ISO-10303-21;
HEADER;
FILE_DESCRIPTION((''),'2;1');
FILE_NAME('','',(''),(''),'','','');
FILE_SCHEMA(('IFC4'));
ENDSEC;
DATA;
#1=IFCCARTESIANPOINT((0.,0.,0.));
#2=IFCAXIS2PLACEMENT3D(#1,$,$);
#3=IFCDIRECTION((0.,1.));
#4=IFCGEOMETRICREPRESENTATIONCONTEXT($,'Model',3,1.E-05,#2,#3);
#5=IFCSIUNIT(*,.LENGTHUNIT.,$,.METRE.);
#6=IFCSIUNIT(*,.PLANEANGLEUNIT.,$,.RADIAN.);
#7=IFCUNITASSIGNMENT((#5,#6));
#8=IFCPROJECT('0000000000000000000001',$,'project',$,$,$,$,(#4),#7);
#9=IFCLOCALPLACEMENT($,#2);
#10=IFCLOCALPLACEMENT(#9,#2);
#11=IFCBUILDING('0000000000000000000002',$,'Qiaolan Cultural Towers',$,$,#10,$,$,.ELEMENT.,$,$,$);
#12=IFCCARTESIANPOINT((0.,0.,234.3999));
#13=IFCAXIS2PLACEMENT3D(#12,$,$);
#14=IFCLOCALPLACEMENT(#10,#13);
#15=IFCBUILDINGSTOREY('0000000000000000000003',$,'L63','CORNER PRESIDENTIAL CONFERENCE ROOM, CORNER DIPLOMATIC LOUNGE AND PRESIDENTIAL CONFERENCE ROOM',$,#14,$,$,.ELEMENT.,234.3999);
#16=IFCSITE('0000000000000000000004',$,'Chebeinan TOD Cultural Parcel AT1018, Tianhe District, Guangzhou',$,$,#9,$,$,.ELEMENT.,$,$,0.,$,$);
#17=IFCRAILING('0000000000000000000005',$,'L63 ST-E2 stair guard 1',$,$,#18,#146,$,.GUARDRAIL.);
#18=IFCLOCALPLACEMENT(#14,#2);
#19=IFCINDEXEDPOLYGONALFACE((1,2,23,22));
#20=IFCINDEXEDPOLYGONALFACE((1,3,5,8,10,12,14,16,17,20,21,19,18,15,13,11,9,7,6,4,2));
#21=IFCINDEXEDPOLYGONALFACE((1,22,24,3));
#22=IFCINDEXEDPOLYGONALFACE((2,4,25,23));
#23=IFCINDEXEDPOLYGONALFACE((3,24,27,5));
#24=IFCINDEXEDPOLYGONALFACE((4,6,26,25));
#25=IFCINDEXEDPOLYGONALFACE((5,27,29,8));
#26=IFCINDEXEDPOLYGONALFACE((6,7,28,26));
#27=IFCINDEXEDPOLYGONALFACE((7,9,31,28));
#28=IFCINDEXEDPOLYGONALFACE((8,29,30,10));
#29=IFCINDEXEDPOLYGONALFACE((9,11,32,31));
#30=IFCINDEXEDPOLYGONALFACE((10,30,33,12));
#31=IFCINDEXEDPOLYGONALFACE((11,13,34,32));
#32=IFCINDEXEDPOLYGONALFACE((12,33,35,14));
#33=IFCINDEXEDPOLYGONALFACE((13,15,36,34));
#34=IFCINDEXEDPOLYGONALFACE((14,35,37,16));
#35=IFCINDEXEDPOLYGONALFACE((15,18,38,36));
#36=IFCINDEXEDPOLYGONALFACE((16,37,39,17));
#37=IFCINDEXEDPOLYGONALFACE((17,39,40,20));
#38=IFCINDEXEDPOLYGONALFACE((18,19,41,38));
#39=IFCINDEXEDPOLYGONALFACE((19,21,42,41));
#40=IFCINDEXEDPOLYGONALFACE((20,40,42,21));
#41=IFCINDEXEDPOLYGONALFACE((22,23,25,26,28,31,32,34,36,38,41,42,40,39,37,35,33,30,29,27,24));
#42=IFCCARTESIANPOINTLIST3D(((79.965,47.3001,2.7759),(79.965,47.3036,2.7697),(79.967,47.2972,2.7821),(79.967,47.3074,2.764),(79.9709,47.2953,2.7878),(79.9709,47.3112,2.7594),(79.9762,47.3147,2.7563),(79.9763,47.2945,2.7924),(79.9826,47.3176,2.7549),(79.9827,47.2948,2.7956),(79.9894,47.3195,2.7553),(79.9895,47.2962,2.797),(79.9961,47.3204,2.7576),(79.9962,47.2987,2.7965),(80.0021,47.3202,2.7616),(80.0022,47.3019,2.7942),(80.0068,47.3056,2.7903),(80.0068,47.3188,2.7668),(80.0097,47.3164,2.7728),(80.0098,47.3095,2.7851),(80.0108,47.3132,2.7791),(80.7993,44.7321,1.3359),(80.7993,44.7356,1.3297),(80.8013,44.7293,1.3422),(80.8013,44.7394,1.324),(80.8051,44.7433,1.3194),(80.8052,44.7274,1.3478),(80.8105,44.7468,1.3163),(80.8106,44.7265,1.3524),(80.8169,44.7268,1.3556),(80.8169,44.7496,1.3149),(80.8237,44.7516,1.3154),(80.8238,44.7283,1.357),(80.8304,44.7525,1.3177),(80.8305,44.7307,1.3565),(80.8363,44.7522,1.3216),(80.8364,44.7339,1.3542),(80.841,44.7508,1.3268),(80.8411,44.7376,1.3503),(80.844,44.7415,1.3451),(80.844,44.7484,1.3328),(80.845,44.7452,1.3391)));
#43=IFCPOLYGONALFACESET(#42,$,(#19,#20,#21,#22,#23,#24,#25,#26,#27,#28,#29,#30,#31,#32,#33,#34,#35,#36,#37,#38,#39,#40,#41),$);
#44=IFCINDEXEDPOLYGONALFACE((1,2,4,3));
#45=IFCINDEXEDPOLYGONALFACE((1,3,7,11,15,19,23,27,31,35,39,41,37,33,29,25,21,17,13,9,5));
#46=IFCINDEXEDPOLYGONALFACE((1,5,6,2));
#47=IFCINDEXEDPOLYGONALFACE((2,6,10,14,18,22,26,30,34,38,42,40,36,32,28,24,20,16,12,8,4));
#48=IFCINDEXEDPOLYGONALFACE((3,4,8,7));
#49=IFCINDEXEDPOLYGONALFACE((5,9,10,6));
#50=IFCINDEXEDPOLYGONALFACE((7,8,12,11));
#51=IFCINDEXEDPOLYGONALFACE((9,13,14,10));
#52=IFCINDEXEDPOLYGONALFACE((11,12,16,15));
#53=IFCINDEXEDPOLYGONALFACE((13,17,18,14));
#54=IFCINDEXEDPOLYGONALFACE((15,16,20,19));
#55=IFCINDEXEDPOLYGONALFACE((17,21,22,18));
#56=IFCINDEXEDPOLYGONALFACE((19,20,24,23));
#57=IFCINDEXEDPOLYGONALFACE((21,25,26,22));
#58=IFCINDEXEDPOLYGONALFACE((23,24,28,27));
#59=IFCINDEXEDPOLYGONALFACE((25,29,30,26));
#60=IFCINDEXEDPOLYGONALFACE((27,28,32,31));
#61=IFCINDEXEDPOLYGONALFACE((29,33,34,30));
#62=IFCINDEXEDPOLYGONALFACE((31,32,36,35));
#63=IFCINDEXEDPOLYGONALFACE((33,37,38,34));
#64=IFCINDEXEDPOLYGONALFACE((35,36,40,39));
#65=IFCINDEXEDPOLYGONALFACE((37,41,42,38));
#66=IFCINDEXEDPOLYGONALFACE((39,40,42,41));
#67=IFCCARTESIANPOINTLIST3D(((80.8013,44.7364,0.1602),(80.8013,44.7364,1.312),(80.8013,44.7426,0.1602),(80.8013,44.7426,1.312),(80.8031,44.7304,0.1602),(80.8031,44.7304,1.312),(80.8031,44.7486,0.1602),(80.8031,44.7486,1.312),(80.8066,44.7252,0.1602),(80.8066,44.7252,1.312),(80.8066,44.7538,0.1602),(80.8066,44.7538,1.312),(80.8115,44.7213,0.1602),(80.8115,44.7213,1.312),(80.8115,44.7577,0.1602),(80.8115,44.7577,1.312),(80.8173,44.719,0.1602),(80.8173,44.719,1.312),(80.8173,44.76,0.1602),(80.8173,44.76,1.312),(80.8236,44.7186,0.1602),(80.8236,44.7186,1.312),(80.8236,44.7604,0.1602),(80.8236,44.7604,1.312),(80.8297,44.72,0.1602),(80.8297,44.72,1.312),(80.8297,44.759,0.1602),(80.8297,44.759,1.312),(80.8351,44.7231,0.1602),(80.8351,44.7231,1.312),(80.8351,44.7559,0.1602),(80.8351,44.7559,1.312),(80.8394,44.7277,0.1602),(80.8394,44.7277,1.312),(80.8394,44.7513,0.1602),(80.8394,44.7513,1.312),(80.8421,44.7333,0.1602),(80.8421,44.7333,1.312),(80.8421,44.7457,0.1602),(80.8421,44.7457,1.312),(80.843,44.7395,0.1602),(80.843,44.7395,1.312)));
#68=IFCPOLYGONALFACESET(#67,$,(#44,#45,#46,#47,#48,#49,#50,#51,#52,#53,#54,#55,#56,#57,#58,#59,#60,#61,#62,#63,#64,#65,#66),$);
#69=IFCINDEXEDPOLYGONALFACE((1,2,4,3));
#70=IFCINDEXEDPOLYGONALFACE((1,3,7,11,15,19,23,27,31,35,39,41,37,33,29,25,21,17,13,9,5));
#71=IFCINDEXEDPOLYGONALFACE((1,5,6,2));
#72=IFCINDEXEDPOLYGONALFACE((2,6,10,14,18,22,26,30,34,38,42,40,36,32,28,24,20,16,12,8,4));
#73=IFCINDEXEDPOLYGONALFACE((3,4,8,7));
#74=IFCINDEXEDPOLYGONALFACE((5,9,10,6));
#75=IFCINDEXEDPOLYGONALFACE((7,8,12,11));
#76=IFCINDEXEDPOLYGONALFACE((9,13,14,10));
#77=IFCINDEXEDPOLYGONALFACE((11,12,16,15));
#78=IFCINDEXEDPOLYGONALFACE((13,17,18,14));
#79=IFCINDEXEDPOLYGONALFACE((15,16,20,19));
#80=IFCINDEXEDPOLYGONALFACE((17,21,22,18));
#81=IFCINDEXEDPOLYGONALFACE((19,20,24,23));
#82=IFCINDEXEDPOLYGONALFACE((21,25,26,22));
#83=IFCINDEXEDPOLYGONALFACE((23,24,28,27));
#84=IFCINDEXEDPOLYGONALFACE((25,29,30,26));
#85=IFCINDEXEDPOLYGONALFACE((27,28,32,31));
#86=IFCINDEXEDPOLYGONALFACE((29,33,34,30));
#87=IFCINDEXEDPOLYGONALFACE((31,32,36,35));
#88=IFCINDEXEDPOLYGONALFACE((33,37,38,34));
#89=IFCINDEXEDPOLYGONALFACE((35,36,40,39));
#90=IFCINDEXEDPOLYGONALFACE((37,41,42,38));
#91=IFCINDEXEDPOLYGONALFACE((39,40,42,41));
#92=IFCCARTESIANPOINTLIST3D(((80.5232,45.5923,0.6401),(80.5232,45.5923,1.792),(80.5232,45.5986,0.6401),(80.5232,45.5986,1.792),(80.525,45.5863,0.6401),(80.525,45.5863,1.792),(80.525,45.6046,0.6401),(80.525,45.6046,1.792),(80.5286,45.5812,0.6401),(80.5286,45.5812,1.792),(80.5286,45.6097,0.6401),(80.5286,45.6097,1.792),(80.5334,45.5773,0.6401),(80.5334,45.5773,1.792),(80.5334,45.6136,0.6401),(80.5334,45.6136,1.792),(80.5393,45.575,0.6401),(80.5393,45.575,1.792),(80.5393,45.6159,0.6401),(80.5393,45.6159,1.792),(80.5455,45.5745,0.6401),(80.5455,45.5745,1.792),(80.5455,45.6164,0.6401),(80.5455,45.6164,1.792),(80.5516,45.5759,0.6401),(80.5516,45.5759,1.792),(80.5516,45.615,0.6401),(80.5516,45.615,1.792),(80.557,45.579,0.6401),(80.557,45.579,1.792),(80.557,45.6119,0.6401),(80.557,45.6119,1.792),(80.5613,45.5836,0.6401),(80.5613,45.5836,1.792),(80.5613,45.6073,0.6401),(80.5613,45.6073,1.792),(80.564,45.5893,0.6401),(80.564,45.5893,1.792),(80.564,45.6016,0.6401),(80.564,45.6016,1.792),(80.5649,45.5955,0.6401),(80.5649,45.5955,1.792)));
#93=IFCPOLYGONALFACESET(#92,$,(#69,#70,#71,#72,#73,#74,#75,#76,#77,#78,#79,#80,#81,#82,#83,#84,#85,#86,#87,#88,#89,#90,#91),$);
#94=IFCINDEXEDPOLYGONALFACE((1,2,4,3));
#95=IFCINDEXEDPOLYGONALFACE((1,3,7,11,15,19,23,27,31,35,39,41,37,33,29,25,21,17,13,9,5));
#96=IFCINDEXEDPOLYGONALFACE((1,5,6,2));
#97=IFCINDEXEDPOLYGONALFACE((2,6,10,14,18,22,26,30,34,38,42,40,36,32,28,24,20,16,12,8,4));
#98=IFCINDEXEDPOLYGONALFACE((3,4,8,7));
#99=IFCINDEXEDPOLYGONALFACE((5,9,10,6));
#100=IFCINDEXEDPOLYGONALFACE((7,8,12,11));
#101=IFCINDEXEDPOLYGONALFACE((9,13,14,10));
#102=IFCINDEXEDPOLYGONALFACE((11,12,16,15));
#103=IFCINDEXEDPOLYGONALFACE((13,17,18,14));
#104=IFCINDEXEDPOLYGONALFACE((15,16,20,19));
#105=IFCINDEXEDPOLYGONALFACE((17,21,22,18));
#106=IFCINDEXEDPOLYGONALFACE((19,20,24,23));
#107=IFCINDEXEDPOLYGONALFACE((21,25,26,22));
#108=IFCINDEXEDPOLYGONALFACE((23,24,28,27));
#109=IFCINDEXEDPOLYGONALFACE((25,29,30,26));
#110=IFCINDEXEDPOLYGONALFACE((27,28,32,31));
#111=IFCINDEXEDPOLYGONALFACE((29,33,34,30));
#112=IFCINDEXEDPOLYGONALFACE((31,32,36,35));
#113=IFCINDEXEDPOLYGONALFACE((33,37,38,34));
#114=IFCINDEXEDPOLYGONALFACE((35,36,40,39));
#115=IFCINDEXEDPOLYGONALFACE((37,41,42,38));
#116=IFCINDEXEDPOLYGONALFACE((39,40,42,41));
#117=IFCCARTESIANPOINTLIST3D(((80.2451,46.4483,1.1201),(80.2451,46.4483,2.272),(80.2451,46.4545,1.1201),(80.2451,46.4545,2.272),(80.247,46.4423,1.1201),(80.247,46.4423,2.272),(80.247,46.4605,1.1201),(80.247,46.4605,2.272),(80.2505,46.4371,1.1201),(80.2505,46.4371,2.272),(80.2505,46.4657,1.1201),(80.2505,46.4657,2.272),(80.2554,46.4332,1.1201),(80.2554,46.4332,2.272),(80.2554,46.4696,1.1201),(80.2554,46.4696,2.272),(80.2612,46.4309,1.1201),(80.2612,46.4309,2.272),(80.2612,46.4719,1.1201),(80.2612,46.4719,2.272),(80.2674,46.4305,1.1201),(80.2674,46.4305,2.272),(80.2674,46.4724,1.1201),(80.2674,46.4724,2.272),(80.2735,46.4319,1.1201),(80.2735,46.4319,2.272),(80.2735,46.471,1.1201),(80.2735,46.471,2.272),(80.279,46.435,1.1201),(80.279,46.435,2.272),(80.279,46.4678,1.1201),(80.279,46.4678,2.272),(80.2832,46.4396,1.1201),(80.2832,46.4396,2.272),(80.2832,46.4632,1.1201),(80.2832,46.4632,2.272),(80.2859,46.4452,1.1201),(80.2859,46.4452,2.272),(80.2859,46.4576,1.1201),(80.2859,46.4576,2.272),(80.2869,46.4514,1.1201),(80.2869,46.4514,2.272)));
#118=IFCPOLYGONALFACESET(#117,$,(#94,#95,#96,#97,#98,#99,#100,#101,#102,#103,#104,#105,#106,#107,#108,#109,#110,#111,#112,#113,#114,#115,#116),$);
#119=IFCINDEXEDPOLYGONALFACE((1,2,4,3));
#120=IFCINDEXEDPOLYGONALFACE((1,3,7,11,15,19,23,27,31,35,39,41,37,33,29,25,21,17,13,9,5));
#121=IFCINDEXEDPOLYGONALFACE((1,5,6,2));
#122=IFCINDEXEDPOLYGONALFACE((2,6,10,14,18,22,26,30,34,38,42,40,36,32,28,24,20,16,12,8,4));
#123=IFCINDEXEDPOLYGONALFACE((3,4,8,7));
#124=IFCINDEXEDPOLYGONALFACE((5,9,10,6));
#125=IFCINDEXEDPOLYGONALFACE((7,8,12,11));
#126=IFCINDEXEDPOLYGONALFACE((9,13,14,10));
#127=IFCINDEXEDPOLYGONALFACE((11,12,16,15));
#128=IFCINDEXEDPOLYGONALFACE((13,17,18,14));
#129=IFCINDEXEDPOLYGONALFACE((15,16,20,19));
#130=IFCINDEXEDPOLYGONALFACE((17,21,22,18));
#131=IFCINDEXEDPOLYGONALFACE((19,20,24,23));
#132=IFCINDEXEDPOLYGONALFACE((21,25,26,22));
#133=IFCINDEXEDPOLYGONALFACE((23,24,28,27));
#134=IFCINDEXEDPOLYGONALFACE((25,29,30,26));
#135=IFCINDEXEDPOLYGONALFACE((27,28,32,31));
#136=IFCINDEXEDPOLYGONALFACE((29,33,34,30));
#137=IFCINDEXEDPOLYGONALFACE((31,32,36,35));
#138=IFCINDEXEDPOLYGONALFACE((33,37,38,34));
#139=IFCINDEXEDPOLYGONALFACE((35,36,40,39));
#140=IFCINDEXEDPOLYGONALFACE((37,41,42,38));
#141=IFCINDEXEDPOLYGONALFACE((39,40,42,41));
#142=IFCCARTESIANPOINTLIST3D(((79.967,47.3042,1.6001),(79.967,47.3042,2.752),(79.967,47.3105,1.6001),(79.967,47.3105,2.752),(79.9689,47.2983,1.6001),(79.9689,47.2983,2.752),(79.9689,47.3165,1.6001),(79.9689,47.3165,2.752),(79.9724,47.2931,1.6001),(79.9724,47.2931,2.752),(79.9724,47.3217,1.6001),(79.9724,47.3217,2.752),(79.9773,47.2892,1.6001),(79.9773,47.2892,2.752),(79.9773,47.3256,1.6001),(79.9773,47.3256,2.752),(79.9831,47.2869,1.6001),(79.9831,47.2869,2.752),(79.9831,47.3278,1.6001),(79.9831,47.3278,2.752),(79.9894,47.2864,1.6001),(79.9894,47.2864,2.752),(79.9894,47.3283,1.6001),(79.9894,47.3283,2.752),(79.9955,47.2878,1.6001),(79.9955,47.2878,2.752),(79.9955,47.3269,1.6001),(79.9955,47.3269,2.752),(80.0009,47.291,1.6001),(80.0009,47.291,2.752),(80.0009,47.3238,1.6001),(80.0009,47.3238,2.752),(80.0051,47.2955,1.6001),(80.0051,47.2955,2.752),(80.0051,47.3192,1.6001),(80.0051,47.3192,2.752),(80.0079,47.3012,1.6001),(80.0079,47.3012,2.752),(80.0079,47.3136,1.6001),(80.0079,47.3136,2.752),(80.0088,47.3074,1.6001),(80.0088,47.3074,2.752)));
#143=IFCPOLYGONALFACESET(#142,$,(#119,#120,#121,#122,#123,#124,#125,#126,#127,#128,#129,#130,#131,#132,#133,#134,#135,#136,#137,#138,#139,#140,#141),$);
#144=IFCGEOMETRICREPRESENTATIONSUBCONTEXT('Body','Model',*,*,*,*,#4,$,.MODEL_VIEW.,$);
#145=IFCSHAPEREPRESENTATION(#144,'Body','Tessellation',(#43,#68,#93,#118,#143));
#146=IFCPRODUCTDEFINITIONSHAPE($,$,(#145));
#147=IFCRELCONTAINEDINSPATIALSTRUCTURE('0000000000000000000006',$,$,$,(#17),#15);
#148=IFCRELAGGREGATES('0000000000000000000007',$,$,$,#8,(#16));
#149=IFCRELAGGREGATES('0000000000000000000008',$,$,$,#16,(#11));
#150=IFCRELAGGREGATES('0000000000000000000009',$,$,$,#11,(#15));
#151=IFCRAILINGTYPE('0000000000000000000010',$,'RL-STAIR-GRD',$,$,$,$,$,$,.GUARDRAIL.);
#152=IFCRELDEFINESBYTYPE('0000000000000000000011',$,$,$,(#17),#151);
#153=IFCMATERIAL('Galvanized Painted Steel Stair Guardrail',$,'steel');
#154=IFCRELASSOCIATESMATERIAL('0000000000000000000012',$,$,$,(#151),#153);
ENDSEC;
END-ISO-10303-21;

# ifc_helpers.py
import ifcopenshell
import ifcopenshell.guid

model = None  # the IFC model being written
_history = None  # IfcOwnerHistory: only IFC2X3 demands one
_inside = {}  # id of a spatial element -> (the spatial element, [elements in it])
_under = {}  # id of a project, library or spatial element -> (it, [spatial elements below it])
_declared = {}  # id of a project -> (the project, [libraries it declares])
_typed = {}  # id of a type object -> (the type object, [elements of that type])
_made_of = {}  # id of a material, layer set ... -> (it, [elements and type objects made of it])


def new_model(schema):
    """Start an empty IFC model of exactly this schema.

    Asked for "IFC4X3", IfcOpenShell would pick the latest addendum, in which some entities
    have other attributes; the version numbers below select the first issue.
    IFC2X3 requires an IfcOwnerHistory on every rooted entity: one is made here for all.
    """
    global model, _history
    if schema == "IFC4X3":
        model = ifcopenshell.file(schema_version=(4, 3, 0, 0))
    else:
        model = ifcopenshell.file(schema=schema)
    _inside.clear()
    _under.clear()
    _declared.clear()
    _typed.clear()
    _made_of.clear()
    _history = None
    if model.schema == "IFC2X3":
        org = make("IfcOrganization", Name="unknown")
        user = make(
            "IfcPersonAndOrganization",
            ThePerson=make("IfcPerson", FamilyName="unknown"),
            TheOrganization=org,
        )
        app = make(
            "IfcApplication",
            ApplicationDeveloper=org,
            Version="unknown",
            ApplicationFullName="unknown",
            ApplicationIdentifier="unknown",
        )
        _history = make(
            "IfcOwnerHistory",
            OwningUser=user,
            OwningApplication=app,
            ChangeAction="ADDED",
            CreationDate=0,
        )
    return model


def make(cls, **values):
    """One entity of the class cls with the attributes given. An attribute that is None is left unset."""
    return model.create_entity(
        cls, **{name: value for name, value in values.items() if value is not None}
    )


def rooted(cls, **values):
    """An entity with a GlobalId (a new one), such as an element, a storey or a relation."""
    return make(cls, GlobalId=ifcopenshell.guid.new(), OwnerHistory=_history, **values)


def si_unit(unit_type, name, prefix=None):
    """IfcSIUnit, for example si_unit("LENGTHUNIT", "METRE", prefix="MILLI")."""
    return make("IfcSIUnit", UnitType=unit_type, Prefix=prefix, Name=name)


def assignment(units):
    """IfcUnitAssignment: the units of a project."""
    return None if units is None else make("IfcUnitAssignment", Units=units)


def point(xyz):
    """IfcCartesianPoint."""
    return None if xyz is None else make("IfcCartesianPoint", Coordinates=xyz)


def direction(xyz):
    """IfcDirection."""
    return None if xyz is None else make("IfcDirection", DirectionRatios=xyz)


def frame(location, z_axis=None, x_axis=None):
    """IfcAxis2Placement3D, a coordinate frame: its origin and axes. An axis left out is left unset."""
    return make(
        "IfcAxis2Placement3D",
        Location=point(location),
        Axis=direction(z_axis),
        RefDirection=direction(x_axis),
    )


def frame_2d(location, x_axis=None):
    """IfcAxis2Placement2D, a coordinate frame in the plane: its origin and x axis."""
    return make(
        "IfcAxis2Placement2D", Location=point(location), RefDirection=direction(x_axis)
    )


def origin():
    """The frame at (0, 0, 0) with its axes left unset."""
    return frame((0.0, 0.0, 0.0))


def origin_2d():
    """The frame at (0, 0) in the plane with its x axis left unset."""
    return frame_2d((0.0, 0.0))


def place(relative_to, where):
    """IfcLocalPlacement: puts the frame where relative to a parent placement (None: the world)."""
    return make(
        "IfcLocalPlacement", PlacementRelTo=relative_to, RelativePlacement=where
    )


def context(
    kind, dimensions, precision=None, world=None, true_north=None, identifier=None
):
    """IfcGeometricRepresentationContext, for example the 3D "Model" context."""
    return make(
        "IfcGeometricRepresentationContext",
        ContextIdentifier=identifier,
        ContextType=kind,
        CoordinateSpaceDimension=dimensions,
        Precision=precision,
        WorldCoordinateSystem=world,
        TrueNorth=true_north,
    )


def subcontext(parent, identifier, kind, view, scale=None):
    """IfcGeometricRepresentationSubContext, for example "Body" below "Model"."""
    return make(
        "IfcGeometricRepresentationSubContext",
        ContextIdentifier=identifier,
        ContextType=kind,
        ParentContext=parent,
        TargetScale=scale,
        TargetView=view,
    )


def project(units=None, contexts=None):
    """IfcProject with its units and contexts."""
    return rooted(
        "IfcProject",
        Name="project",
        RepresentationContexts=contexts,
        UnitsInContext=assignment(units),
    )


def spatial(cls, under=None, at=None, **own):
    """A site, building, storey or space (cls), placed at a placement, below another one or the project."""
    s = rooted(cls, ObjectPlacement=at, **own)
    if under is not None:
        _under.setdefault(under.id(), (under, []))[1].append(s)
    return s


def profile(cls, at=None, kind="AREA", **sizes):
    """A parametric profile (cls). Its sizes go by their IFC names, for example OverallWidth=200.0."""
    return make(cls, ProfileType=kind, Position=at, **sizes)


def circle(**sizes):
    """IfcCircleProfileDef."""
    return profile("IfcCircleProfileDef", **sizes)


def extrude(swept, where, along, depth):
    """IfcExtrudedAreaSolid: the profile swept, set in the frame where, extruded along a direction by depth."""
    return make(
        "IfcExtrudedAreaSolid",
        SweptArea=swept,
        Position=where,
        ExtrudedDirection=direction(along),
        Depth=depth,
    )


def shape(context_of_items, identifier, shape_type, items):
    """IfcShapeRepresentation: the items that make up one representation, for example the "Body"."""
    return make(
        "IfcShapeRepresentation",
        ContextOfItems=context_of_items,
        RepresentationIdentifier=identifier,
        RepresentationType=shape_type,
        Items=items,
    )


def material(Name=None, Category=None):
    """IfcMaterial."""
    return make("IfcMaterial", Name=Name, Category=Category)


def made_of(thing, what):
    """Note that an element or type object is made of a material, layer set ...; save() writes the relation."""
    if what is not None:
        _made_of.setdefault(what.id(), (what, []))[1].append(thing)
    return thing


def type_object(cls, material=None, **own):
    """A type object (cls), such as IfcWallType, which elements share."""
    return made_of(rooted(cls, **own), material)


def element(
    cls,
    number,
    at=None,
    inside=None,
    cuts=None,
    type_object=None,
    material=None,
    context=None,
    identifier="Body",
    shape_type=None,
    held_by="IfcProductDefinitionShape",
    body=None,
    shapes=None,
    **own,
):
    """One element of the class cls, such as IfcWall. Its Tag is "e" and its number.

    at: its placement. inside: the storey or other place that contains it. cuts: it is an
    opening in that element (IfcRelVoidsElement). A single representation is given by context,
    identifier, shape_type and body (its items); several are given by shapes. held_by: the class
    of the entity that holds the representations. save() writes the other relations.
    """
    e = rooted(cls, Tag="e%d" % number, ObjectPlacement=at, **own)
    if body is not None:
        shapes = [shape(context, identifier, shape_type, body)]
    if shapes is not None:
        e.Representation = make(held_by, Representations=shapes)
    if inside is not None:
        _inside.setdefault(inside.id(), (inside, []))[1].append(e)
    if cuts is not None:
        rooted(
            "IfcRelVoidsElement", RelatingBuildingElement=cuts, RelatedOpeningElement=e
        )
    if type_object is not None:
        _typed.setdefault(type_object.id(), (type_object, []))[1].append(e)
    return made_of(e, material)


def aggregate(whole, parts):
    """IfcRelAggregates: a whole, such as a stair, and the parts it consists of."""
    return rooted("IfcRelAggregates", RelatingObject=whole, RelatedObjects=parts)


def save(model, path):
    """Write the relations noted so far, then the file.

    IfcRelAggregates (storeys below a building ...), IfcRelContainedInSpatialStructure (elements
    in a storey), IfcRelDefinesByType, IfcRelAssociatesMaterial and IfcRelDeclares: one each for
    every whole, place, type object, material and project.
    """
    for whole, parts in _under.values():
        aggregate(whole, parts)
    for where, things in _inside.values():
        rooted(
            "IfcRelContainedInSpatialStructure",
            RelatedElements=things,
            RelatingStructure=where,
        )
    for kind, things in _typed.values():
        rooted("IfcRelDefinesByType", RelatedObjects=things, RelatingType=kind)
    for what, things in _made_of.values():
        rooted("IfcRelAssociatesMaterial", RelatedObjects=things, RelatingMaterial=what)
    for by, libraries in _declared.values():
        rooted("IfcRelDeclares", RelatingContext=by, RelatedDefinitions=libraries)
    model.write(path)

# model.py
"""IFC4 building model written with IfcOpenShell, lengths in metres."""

from ifc_helpers import new_model, si_unit, direction, frame, origin, origin_2d, place, context, subcontext, project, spatial, circle, extrude, material, type_object, element, save


model = new_model("IFC4")

# Units and contexts
model_context = context("Model", 3, precision=1e-05, world=origin(), true_north=direction((0.0, 1.0)))
body_context = subcontext(model_context, "Body", "Model", "MODEL_VIEW")
ifc_project = project(units=[si_unit("LENGTHUNIT", "METRE"), si_unit("PLANEANGLEUNIT", "RADIAN")], contexts=[model_context])

# Site, building, storey
site_placement = place(None, origin())
site = spatial("IfcSite", under=ifc_project, at=site_placement, Name="Chebeinan TOD Cultural Parcel AT1018, Tianhe District, Guangzhou", CompositionType="ELEMENT", RefElevation=0.0)
building_placement = place(site_placement, origin())
building = spatial("IfcBuilding", under=site, at=building_placement, Name="Qiaolan Cultural Towers", CompositionType="ELEMENT")
storey_placement = place(building_placement, frame((0.0, 0.0, 234.3999)))
storey = spatial("IfcBuildingStorey", under=building, at=storey_placement, Name="L63", Description="CORNER PRESIDENTIAL CONFERENCE ROOM, CORNER DIPLOMATIC LOUNGE AND PRESIDENTIAL CONFERENCE ROOM", CompositionType="ELEMENT", Elevation=234.3999)

# Railing
ifc_material_1 = material(Name="Galvanized Painted Steel Stair Guardrail", Category="steel")
railing_type_1 = type_object("IfcRailingType", Name="RL-STAIR-GRD", PredefinedType="GUARDRAIL", material=ifc_material_1)
railing_1_placement = place(storey_placement, frame((80.822, 44.7395, 0.1602)))
element("IfcRailing", 1, at=railing_1_placement, inside=storey, type_object=railing_type_1, Name="L63 ST-E2 stair guard 1", PredefinedType="GUARDRAIL", context=body_context, shape_type="SweptSolid", body=[
    extrude(circle(Radius=0.0239, at=origin_2d()), frame((0.0, 0.0, 1.1758), z_axis=(-0.272628, 0.839186, 0.470576), x_axis=(-0.95107, -0.308976, 0.0)), (0.0, 0.0, 1.0), 3.0601),
    extrude(circle(Radius=0.021, at=origin_2d()), origin(), (0.0, 0.0, 1.0), 1.1519),
    extrude(circle(Radius=0.021, at=origin_2d()), frame((-0.2781, 0.856, 0.48)), (0.0, 0.0, 1.0), 1.1519),
    extrude(circle(Radius=0.021, at=origin_2d()), frame((-0.5562, 1.7119, 0.96)), (0.0, 0.0, 1.0), 1.1519),
    extrude(circle(Radius=0.021, at=origin_2d()), frame((-0.8342, 2.5679, 1.4399)), (0.0, 0.0, 1.0), 1.1519),
])

save(model, "model.ifc")
